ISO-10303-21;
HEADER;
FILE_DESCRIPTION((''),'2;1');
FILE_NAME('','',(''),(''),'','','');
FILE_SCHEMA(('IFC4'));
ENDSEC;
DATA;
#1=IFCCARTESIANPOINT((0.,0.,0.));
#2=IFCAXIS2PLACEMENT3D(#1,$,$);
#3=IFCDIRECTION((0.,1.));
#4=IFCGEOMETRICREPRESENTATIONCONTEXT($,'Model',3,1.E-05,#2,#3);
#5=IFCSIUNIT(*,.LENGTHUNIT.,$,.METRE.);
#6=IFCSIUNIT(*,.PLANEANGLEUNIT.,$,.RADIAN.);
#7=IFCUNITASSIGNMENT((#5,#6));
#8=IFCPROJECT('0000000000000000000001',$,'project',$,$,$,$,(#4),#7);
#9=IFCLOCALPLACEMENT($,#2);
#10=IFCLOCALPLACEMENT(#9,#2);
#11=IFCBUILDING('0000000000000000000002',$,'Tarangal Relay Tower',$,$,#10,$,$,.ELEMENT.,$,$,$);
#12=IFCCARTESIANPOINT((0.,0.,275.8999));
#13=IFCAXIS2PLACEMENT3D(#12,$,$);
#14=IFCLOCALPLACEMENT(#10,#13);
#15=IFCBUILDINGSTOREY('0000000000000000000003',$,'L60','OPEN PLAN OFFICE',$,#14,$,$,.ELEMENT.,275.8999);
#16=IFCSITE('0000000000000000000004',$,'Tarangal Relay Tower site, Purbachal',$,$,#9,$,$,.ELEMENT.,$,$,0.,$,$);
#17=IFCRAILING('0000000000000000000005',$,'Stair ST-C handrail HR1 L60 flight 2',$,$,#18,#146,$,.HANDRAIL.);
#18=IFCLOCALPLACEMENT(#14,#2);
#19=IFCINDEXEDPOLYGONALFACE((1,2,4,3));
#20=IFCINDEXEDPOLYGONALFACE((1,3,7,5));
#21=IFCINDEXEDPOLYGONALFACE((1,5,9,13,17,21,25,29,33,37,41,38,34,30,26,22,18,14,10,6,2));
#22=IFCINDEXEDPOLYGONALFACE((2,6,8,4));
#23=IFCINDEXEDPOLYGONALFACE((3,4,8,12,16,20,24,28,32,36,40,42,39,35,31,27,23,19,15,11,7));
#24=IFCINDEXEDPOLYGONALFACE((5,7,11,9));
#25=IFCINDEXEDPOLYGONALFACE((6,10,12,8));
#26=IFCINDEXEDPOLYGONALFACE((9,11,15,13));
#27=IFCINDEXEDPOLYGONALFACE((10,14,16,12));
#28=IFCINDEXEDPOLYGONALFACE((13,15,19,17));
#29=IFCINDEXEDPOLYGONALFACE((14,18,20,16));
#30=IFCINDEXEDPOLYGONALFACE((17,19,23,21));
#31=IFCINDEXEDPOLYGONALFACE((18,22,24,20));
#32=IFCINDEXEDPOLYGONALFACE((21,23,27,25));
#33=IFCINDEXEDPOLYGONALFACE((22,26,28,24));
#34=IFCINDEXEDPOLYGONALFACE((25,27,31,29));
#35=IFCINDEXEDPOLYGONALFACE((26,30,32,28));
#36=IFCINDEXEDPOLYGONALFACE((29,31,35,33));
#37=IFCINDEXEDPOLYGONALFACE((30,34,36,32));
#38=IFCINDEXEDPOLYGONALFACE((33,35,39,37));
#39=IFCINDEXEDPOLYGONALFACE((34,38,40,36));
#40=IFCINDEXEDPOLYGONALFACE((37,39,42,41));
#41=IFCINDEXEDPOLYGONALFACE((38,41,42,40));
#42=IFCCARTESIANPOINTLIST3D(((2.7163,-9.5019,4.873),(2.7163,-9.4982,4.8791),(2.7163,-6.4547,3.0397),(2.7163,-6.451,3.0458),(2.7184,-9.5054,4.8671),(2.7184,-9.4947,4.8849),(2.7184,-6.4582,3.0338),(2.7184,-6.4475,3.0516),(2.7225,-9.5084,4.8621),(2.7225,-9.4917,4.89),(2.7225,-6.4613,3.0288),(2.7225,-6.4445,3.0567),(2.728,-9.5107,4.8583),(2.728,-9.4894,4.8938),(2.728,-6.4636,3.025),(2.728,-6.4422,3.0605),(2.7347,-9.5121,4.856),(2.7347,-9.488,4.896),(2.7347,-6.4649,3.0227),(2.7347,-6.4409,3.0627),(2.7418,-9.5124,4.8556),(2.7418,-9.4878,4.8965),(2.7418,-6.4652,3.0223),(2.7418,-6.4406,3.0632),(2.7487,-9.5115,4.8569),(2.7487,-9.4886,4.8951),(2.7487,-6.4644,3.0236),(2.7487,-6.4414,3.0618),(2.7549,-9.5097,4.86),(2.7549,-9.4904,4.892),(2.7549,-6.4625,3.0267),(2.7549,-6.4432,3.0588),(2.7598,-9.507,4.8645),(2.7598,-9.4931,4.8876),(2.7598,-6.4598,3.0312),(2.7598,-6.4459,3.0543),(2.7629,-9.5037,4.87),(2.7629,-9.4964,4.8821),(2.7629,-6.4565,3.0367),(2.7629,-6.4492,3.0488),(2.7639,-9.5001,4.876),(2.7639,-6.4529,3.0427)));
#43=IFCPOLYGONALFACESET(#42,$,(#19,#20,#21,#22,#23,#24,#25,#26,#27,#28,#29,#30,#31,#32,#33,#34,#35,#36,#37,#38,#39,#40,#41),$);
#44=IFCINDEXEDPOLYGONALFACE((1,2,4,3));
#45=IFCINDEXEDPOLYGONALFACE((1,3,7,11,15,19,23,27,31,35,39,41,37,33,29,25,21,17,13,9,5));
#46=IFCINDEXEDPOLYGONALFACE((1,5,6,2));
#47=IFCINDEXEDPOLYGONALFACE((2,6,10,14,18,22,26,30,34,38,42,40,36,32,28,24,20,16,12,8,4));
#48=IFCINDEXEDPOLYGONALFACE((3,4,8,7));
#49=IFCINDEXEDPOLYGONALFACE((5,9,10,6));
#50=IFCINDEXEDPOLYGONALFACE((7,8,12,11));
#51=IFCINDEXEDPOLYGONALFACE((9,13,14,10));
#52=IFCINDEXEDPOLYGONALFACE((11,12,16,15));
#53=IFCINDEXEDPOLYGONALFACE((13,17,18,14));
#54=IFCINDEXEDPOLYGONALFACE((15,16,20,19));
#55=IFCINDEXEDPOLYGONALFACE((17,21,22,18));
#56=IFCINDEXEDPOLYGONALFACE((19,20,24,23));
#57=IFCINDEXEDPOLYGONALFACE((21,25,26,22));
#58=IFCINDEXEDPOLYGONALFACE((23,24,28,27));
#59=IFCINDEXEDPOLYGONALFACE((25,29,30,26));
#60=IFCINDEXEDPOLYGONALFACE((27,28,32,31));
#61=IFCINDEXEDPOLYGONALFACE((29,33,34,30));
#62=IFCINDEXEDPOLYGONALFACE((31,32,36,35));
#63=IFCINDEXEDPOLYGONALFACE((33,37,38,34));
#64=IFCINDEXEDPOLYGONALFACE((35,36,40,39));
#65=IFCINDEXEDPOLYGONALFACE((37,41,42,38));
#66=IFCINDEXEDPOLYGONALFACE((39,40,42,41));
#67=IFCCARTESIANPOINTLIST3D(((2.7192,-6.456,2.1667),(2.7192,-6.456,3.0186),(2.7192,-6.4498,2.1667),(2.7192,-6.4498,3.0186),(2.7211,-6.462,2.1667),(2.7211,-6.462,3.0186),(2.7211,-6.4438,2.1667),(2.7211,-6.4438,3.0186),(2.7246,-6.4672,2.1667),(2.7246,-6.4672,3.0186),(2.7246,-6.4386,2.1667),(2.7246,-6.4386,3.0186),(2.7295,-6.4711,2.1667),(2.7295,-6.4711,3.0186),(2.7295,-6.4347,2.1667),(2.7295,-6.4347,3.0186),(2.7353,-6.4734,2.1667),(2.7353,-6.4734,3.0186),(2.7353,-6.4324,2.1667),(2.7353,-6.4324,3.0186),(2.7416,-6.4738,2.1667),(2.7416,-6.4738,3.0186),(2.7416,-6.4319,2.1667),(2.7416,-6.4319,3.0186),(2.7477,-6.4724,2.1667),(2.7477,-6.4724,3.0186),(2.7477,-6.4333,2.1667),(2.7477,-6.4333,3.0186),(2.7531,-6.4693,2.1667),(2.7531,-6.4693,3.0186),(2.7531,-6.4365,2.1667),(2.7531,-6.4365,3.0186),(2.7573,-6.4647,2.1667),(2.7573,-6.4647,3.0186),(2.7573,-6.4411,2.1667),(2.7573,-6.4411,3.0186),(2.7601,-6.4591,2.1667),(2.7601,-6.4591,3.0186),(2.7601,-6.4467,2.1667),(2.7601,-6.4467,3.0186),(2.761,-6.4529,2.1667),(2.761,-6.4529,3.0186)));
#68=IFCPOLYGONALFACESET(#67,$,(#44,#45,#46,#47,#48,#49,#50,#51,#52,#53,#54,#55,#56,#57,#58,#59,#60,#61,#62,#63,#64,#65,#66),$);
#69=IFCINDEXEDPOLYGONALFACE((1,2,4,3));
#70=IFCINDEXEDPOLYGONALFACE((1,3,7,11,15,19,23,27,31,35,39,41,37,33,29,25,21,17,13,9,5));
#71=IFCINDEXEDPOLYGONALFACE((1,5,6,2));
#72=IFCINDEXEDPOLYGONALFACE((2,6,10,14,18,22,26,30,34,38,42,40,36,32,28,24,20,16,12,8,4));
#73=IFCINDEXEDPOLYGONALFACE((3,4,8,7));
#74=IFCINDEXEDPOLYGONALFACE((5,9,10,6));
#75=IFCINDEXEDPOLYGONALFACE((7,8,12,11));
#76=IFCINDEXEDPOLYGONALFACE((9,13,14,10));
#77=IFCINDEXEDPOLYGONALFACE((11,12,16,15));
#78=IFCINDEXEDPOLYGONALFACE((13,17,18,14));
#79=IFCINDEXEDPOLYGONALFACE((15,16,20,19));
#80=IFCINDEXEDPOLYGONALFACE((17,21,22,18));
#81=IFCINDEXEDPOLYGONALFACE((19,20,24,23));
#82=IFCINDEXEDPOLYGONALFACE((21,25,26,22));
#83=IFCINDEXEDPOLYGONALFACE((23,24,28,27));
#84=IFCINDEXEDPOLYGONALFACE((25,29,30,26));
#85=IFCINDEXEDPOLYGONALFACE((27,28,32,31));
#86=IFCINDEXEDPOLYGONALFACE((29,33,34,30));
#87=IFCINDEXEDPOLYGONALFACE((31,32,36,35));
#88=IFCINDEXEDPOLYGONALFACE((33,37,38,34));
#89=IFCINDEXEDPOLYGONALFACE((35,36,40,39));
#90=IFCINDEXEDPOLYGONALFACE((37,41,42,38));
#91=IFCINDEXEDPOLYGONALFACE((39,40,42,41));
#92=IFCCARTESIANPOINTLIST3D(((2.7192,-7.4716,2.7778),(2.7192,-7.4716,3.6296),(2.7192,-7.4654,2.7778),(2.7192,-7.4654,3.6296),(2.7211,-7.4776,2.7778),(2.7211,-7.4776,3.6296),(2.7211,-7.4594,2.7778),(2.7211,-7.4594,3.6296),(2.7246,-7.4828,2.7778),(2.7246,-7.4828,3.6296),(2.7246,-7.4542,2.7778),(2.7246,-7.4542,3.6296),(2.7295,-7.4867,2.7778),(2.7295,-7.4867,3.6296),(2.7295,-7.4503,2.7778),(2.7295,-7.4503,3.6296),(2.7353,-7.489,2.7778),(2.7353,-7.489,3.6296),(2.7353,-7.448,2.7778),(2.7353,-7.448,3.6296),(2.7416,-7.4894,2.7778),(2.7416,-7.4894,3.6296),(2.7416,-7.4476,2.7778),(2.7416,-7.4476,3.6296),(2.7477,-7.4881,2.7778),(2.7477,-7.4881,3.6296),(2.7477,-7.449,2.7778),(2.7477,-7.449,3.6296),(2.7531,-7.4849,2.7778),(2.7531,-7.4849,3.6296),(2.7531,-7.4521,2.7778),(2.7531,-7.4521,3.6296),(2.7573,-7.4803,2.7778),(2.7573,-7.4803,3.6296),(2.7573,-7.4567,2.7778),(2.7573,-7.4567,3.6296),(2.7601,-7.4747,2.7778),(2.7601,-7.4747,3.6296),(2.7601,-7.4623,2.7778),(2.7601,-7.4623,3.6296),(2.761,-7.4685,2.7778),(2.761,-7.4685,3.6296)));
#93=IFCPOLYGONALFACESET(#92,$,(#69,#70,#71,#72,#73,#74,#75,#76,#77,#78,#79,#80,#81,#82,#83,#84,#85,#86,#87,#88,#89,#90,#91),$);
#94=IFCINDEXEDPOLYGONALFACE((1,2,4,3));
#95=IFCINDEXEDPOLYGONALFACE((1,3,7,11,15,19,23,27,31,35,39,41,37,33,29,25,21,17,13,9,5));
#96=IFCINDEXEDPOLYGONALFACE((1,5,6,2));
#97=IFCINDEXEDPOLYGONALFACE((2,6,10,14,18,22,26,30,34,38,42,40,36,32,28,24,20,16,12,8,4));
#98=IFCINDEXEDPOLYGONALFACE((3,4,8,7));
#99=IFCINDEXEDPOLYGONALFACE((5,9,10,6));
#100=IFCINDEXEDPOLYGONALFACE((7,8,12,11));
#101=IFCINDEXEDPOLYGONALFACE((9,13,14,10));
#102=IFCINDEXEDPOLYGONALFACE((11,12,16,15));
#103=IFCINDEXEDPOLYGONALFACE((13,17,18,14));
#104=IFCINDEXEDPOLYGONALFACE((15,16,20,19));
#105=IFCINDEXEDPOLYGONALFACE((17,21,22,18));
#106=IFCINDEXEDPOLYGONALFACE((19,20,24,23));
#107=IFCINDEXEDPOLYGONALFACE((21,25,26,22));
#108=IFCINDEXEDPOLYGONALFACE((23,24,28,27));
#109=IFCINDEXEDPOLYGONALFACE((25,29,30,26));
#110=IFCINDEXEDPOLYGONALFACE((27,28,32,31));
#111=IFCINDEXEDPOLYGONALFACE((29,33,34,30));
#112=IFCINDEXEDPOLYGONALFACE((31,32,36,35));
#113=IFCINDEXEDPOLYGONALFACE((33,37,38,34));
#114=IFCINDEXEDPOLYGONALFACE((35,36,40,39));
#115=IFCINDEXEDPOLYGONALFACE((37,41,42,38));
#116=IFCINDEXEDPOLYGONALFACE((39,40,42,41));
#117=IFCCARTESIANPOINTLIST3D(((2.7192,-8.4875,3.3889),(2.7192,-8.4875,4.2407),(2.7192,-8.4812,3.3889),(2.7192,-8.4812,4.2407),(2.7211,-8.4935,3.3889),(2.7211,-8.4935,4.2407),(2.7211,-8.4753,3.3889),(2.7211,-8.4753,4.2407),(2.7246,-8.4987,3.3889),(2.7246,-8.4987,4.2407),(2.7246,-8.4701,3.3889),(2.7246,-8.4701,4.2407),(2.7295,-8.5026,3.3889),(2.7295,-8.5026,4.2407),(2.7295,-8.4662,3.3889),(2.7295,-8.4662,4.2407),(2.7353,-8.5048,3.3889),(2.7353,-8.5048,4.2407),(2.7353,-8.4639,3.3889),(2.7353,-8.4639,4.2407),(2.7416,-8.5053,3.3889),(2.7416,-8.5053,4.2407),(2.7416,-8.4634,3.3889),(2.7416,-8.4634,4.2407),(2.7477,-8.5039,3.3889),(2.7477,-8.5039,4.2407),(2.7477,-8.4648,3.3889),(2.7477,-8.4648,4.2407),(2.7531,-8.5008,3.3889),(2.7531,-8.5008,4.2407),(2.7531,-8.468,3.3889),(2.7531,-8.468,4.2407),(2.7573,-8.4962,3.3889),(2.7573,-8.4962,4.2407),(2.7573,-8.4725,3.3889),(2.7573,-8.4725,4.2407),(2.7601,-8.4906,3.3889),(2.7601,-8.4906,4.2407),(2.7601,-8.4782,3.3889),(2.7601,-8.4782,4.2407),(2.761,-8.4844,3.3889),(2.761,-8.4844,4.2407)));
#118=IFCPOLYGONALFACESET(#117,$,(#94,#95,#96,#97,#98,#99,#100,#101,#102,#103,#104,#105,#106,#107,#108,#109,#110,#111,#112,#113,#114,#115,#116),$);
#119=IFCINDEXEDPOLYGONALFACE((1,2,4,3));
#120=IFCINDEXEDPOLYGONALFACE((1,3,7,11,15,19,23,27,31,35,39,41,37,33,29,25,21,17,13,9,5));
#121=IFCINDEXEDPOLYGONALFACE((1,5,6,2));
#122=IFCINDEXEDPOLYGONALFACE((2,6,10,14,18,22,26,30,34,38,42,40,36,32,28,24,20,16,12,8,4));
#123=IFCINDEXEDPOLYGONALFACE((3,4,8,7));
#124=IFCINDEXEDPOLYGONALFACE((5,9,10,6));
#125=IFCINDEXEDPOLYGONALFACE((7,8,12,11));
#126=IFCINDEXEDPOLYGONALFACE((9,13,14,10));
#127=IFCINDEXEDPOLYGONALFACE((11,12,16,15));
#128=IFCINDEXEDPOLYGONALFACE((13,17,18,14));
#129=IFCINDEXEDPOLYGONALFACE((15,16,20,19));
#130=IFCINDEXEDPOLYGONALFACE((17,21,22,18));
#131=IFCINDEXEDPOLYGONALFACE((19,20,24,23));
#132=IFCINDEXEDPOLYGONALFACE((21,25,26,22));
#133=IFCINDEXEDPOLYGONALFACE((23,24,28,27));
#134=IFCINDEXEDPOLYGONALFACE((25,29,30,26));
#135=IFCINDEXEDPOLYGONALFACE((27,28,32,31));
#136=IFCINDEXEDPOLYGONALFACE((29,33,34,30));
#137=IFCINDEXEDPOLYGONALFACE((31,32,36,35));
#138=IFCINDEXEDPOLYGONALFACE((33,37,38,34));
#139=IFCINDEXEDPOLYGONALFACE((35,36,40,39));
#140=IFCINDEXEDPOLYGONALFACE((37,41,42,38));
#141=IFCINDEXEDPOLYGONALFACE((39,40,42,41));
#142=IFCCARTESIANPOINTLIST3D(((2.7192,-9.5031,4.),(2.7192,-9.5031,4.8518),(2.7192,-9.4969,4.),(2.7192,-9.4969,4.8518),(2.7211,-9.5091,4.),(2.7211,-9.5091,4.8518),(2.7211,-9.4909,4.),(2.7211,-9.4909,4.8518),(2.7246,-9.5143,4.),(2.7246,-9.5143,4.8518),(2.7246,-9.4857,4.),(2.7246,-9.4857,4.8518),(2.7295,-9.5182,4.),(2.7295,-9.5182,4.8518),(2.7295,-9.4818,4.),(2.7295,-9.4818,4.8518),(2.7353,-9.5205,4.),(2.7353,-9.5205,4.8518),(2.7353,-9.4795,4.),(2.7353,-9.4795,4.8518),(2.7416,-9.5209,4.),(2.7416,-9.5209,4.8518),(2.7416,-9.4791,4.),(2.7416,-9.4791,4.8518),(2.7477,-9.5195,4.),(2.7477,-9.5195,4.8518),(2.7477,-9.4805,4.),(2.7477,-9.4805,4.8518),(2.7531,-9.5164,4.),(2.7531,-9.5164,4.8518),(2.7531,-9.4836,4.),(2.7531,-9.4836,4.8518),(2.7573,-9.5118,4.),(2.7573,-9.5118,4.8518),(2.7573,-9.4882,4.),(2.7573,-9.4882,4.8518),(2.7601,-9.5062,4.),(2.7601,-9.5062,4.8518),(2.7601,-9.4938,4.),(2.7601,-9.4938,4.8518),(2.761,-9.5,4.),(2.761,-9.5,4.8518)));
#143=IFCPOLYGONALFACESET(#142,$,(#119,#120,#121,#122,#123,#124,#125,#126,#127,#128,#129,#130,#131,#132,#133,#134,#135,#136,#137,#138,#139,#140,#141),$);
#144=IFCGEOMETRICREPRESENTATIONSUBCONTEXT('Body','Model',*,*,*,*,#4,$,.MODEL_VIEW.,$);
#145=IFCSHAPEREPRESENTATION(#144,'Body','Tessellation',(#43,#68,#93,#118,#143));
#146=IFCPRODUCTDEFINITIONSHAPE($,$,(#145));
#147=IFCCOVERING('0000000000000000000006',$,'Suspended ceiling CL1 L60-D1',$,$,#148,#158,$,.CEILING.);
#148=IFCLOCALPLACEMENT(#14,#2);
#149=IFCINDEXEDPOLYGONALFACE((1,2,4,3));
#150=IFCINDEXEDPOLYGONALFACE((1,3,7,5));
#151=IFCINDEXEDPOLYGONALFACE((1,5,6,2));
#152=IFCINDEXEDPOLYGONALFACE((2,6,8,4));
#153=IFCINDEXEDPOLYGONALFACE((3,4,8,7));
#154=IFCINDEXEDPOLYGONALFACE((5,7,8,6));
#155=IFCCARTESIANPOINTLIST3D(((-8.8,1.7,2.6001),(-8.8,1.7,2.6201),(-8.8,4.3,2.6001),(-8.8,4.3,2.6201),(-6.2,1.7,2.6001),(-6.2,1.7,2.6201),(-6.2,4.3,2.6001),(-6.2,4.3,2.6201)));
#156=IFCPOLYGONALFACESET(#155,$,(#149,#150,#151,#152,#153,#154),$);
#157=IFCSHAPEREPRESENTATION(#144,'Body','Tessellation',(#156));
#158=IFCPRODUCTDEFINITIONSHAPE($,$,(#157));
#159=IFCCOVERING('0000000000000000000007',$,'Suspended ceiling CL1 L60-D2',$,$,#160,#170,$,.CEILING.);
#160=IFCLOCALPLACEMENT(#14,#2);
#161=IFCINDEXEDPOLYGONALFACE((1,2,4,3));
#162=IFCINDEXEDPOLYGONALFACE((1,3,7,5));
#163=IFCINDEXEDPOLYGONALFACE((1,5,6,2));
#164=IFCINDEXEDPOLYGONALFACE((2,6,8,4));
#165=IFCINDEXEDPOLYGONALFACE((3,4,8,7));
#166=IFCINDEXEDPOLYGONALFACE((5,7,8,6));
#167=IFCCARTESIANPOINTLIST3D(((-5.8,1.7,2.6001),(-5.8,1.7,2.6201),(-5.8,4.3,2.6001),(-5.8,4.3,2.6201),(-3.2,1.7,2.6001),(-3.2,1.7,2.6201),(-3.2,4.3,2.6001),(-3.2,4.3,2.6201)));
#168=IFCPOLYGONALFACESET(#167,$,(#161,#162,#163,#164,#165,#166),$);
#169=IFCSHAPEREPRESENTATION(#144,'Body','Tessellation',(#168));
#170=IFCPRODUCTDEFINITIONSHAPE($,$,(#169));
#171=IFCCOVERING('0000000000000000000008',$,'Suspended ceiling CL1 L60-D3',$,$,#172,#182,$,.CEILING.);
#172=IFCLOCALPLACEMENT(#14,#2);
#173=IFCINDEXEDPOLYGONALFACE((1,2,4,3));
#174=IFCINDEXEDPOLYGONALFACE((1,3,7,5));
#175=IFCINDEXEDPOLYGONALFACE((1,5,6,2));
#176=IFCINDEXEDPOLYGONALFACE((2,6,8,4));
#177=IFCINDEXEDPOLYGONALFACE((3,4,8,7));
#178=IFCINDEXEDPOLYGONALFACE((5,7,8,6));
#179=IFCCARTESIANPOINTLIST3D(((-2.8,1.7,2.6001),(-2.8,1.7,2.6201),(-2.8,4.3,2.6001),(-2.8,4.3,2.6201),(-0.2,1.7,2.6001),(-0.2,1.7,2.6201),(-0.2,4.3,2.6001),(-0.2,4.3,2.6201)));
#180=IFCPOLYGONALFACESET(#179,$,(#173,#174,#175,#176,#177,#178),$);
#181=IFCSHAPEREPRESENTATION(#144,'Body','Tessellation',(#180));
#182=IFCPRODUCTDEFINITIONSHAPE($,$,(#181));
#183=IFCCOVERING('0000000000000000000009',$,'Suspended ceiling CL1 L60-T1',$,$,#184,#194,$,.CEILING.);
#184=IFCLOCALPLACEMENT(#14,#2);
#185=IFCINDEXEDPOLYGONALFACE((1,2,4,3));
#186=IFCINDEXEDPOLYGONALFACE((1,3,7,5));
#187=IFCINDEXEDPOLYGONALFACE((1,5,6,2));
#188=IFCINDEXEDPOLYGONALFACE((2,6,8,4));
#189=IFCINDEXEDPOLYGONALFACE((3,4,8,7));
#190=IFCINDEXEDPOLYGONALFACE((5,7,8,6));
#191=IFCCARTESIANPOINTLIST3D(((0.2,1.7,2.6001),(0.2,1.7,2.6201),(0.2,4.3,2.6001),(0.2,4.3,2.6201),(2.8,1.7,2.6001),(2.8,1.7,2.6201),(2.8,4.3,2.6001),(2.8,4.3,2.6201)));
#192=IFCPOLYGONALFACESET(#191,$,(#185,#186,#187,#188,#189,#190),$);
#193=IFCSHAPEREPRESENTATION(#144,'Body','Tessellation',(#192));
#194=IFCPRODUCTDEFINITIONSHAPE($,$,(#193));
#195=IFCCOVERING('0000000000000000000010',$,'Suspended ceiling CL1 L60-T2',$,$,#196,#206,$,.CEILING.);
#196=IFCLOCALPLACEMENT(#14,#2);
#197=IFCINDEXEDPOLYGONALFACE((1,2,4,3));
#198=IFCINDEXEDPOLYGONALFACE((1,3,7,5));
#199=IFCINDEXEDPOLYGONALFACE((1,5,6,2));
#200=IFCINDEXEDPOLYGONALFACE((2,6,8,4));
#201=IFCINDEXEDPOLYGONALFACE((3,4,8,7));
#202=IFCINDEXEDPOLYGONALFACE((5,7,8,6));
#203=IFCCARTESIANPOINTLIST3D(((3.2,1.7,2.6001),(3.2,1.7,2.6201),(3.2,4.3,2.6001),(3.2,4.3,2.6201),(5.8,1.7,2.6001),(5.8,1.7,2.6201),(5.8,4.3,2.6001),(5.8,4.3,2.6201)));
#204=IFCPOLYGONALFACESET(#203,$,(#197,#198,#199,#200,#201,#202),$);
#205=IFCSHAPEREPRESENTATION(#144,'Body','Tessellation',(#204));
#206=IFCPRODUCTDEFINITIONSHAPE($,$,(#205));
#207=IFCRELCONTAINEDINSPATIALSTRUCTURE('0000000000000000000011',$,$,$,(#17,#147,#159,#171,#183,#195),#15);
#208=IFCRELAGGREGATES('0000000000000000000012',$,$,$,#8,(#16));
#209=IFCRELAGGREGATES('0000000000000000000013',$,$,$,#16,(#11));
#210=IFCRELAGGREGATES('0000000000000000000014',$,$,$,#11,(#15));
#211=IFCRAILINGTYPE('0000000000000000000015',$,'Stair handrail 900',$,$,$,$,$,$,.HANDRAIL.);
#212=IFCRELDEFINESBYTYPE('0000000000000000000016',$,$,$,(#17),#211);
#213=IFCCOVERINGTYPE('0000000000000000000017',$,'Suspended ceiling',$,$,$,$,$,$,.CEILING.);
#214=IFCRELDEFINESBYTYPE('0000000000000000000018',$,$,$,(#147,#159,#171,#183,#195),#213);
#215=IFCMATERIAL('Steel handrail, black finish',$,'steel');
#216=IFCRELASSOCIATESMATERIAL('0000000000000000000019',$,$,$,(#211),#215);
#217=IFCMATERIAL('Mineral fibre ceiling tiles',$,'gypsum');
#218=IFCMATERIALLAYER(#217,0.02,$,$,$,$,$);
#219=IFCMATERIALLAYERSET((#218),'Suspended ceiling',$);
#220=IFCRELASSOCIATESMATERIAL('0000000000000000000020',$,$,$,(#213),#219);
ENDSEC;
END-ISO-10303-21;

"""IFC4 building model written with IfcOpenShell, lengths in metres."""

from ifc_helpers import new_model, si_unit, direction, frame, origin, origin_2d, place, context, subcontext, project, spatial, polyline, circle, outline, extrude, material, layer, layer_set, type_object, element, save


model = new_model("IFC4")

# Units and contexts
model_context = context("Model", 3, precision=1e-05, world=origin(), true_north=direction((0.0, 1.0)))
body_context = subcontext(model_context, "Body", "Model", "MODEL_VIEW")
ifc_project = project(units=[si_unit("LENGTHUNIT", "METRE"), si_unit("PLANEANGLEUNIT", "RADIAN")], contexts=[model_context])

# Site, building, storey
site_placement = place(None, origin())
site = spatial("IfcSite", under=ifc_project, at=site_placement, Name="Tarangal Relay Tower site, Purbachal", CompositionType="ELEMENT", RefElevation=0.0)
building_placement = place(site_placement, origin())
building = spatial("IfcBuilding", under=site, at=building_placement, Name="Tarangal Relay Tower", CompositionType="ELEMENT")
storey_placement = place(building_placement, frame((0.0, 0.0, 275.8999)))
storey = spatial("IfcBuildingStorey", under=building, at=storey_placement, Name="L60", Description="OPEN PLAN OFFICE", CompositionType="ELEMENT", Elevation=275.8999)

# Railing
ifc_material_1 = material(Name="Steel handrail, black finish", Category="steel")
railing_type = type_object("IfcRailingType", Name="Stair handrail 900", PredefinedType="HANDRAIL", material=ifc_material_1)
railing_placement = place(storey_placement, frame((2.74, -6.4529, 2.1667)))
element("IfcRailing", 1, at=railing_placement, inside=storey, type_object=railing_type, Name="Stair ST-C handrail HR1 L60 flight 2", PredefinedType="HANDRAIL", context=body_context, shape_type="SweptSolid", body=[
    extrude(circle(Radius=0.0239, at=origin_2d()), frame((0.0, 0.0, 0.876), z_axis=(0.0, -0.856874, 0.515525), x_axis=(1.0, 0.0, 0.0)), (0.0, 0.0, 1.0), 3.5562),
    extrude(circle(Radius=0.021, at=origin_2d()), origin(), (0.0, 0.0, 1.0), 0.8518),
    extrude(circle(Radius=0.021, at=origin_2d()), frame((0.0, -1.0156, 0.6111)), (0.0, 0.0, 1.0), 0.8518),
    extrude(circle(Radius=0.021, at=origin_2d()), frame((0.0, -2.0315, 1.2222)), (0.0, 0.0, 1.0), 0.8518),
    extrude(circle(Radius=0.021, at=origin_2d()), frame((0.0, -3.0471, 1.8333)), (0.0, 0.0, 1.0), 0.8518),
])

# Coverings
ifc_material_2 = material(Name="Mineral fibre ceiling tiles", Category="gypsum")
ifc_layer_1 = layer(ifc_material_2, 0.02)
ifc_layer_set_1 = layer_set([ifc_layer_1], Name="Suspended ceiling")
covering_type_1 = type_object("IfcCoveringType", Name="Suspended ceiling", PredefinedType="CEILING", material=ifc_layer_set_1)
covering_1_placement = place(storey_placement, frame((0.0, 0.0, 2.6001)))
element("IfcCovering", 2, at=covering_1_placement, inside=storey, type_object=covering_type_1, Name="Suspended ceiling CL1 L60-D1", PredefinedType="CEILING", context=body_context, shape_type="SweptSolid", body=[
    extrude(outline(polyline([(-8.8, 1.7), (-6.2, 1.7), (-6.2, 4.3), (-8.8, 4.3), (-8.8, 1.7)])), origin(), (0.0, 0.0, 1.0), 0.02),
])
covering_2_placement = place(storey_placement, frame((0.0, 0.0, 2.6001)))
element("IfcCovering", 3, at=covering_2_placement, inside=storey, type_object=covering_type_1, Name="Suspended ceiling CL1 L60-D2", PredefinedType="CEILING", context=body_context, shape_type="SweptSolid", body=[
    extrude(outline(polyline([(-5.8, 1.7), (-3.2, 1.7), (-3.2, 4.3), (-5.8, 4.3), (-5.8, 1.7)])), origin(), (0.0, 0.0, 1.0), 0.02),
])
covering_3_placement = place(storey_placement, frame((0.0, 0.0, 2.6001)))
element("IfcCovering", 4, at=covering_3_placement, inside=storey, type_object=covering_type_1, Name="Suspended ceiling CL1 L60-D3", PredefinedType="CEILING", context=body_context, shape_type="SweptSolid", body=[
    extrude(outline(polyline([(-2.8, 1.7), (-0.2, 1.7), (-0.2, 4.3), (-2.8, 4.3), (-2.8, 1.7)])), origin(), (0.0, 0.0, 1.0), 0.02),
])
covering_4_placement = place(storey_placement, frame((0.0, 0.0, 2.6001)))
element("IfcCovering", 5, at=covering_4_placement, inside=storey, type_object=covering_type_1, Name="Suspended ceiling CL1 L60-T1", PredefinedType="CEILING", context=body_context, shape_type="SweptSolid", body=[
    extrude(outline(polyline([(0.2, 1.7), (2.8, 1.7), (2.8, 4.3), (0.2, 4.3), (0.2, 1.7)])), origin(), (0.0, 0.0, 1.0), 0.02),
])
covering_5_placement = place(storey_placement, frame((0.0, 0.0, 2.6001)))
element("IfcCovering", 6, at=covering_5_placement, inside=storey, type_object=covering_type_1, Name="Suspended ceiling CL1 L60-T2", PredefinedType="CEILING", context=body_context, shape_type="SweptSolid", body=[
    extrude(outline(polyline([(3.2, 1.7), (5.8, 1.7), (5.8, 4.3), (3.2, 4.3), (3.2, 1.7)])), origin(), (0.0, 0.0, 1.0), 0.02),
])

save(model, "model.ifc")
